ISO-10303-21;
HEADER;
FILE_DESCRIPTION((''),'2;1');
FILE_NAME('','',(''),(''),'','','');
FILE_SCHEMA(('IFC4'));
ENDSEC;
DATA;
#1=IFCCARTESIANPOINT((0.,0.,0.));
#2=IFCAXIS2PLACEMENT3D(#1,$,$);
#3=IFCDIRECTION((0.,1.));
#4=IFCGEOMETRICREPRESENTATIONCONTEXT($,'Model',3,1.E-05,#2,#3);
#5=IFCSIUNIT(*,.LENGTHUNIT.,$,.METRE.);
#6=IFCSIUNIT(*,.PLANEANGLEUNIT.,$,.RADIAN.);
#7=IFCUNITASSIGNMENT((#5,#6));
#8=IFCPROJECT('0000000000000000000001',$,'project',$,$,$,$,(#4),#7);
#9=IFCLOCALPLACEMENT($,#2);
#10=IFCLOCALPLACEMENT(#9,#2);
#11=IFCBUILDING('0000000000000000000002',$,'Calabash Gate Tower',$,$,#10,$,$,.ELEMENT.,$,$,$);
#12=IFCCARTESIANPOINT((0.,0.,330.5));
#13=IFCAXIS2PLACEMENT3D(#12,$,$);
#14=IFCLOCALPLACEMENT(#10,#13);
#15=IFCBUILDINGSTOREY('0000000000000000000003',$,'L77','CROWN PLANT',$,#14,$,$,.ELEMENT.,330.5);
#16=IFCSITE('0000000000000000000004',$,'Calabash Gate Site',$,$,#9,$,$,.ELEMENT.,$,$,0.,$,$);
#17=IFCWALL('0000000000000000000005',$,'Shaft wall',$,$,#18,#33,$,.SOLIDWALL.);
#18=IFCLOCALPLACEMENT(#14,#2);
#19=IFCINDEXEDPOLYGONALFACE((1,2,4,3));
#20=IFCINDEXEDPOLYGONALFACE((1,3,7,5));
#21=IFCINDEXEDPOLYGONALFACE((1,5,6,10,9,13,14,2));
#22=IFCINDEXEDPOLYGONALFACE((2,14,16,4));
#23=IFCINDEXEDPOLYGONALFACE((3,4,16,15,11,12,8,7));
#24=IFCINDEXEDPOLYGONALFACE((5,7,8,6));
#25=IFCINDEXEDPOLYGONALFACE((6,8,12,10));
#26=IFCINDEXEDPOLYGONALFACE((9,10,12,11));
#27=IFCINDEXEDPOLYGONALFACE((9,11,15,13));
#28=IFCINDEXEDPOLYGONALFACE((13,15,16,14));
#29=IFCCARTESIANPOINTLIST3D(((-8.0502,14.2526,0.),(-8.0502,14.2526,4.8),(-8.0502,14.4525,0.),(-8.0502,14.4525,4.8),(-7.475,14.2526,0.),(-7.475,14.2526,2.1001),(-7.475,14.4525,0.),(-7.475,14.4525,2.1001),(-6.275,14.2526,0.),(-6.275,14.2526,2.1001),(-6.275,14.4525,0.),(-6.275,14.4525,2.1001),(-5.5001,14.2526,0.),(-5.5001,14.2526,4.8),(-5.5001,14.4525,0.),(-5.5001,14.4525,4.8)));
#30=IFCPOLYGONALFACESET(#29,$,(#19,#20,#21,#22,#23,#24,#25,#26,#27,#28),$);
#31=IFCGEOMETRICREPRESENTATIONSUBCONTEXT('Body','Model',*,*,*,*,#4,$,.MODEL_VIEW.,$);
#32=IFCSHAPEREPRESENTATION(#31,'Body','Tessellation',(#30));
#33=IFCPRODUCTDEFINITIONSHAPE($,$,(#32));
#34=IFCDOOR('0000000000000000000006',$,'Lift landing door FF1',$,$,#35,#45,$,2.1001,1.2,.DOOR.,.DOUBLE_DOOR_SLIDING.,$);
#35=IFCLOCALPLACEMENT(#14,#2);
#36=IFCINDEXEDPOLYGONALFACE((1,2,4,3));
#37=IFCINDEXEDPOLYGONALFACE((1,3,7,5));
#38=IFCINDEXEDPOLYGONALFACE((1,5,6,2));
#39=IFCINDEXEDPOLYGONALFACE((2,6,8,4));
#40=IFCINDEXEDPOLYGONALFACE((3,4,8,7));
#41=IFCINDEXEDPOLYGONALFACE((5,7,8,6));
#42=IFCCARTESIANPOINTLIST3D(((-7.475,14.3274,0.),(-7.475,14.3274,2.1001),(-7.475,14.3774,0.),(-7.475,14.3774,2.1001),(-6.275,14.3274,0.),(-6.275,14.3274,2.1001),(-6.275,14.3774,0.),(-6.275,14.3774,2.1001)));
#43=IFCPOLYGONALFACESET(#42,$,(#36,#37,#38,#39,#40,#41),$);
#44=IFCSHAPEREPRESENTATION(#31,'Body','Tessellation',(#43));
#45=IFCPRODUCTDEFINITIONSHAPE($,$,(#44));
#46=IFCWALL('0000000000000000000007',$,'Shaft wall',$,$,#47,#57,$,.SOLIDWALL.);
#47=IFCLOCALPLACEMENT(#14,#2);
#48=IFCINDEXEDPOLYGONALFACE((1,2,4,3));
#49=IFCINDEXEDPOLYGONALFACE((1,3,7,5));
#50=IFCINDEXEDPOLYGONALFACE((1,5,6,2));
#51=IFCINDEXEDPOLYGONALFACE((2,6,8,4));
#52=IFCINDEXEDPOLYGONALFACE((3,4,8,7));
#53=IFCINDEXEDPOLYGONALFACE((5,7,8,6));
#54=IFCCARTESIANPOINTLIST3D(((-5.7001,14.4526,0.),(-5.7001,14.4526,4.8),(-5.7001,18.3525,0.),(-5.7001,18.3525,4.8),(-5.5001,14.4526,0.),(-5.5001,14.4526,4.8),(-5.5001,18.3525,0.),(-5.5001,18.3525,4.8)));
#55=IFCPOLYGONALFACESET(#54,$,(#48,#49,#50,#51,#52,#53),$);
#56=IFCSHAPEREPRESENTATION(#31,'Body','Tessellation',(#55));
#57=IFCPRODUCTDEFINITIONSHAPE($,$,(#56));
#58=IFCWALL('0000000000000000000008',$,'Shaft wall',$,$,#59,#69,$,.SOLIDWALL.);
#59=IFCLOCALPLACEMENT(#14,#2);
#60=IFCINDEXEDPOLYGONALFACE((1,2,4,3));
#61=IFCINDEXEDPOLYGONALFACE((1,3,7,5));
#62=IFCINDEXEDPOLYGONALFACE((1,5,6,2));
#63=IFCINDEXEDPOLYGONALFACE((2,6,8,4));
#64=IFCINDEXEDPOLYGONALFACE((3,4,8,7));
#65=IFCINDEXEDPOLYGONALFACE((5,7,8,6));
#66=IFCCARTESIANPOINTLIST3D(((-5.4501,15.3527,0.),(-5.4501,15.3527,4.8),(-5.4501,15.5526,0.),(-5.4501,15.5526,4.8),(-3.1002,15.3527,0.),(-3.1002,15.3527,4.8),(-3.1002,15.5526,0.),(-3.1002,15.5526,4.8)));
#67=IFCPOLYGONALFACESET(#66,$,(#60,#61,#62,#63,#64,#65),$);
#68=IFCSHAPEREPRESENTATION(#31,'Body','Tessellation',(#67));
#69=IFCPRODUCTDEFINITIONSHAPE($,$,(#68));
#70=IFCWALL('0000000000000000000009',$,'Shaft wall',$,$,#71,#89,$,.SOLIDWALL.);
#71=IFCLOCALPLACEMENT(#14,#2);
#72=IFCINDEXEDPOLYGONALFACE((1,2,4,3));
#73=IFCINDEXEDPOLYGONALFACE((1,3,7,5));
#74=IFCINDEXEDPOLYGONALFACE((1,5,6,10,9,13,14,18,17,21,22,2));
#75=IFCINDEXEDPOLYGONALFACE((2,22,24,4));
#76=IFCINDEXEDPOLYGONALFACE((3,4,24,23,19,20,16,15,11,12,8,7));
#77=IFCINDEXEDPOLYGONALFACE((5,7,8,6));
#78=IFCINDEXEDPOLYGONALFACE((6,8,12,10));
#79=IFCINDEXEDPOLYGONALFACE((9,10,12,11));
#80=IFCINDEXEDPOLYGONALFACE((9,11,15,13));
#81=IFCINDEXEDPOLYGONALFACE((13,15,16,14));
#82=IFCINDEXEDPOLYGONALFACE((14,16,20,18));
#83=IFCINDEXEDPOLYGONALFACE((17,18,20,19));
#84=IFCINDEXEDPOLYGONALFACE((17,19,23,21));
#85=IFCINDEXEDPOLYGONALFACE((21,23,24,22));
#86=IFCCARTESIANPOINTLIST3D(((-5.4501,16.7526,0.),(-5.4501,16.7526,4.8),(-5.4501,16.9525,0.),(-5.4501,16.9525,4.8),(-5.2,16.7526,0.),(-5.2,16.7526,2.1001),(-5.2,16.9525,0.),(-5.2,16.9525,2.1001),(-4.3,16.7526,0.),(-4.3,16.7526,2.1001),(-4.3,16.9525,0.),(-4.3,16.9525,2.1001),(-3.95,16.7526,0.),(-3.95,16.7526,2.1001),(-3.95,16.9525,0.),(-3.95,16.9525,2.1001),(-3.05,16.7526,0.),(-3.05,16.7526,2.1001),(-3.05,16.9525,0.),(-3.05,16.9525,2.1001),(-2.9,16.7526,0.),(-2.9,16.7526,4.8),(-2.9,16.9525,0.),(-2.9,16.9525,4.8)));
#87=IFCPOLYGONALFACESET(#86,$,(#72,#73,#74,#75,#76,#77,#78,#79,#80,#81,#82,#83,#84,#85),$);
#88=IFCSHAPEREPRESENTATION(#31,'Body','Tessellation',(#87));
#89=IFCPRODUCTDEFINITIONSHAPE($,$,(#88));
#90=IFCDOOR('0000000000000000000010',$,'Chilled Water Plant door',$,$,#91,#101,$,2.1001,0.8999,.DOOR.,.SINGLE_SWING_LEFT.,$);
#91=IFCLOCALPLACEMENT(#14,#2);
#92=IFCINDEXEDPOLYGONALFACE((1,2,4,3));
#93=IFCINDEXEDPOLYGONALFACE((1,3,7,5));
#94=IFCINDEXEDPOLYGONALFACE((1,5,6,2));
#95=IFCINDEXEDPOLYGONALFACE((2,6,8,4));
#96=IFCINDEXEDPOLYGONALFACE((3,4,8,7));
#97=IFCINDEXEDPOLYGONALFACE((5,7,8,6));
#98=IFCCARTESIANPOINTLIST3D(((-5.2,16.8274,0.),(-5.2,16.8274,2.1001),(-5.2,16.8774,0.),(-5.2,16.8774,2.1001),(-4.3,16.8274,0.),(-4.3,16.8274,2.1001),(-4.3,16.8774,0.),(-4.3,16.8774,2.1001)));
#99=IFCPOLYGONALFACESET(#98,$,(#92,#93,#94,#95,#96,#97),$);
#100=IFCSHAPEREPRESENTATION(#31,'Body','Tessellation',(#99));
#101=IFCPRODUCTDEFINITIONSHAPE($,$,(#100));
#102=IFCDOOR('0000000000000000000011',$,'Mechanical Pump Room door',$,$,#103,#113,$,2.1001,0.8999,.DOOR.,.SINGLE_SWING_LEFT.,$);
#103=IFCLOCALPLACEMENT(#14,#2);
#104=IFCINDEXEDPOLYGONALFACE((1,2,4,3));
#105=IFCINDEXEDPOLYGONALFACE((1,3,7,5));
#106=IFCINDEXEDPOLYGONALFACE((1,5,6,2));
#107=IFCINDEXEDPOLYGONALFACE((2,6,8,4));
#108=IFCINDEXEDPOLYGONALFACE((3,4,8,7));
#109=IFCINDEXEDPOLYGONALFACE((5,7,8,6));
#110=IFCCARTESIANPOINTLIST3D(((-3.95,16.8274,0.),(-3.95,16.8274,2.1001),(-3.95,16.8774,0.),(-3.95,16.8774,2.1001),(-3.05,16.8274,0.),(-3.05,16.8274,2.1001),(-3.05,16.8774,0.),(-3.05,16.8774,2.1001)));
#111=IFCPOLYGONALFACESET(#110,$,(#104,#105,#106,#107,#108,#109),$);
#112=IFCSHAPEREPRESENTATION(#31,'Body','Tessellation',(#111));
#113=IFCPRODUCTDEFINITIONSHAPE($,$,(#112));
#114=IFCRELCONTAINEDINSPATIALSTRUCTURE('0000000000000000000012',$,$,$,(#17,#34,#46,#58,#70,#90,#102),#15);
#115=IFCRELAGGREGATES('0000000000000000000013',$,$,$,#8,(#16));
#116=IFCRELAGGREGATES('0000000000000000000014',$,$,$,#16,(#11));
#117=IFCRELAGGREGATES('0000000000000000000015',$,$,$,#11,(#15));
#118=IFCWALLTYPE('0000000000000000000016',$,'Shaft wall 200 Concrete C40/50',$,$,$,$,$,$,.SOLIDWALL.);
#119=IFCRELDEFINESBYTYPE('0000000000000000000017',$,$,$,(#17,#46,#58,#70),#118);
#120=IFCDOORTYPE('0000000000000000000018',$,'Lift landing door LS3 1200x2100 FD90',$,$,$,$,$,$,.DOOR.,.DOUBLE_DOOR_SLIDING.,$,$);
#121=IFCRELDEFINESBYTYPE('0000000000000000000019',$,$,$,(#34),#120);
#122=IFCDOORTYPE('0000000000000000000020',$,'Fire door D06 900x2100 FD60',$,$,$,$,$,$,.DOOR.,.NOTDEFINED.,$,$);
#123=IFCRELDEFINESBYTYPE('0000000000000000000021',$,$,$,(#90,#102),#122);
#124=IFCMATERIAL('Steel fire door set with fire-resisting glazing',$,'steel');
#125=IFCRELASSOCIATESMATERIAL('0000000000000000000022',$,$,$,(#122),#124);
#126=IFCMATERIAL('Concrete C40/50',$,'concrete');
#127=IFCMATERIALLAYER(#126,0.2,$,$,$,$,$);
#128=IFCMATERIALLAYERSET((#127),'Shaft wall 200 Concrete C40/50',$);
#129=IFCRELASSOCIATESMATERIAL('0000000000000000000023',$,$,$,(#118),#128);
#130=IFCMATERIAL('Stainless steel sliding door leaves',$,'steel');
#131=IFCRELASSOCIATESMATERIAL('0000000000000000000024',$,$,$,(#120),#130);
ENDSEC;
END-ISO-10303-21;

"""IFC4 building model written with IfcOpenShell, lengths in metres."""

from ifc_helpers import new_model, si_unit, direction, frame, frame_2d, origin, place, context, subcontext, project, spatial, rectangle, extrude, material, layer, layer_set, type_object, element, fill, save


model = new_model("IFC4")

# Units and contexts
model_context = context("Model", 3, precision=1e-05, world=origin(), true_north=direction((0.0, 1.0)))
body_context = subcontext(model_context, "Body", "Model", "MODEL_VIEW")
ifc_project = project(units=[si_unit("LENGTHUNIT", "METRE"), si_unit("PLANEANGLEUNIT", "RADIAN")], contexts=[model_context])

# Site, building, storey
site_placement = place(None, origin())
site = spatial("IfcSite", under=ifc_project, at=site_placement, Name="Calabash Gate Site", CompositionType="ELEMENT", RefElevation=0.0)
building_placement = place(site_placement, origin())
building = spatial("IfcBuilding", under=site, at=building_placement, Name="Calabash Gate Tower", CompositionType="ELEMENT")
storey_placement = place(building_placement, frame((0.0, 0.0, 330.5)))
storey = spatial("IfcBuildingStorey", under=building, at=storey_placement, Name="L77", Description="CROWN PLANT", CompositionType="ELEMENT", Elevation=330.5)

# Shared definitions
ifc_material_1 = material(Name="Steel fire door set with fire-resisting glazing", Category="steel")
door_type_1 = type_object("IfcDoorType", Name="Fire door D06 900x2100 FD60", OperationType="NOTDEFINED", PredefinedType="DOOR", material=ifc_material_1)

# Wall, opening, door
ifc_material_2 = material(Name="Concrete C40/50", Category="concrete")
ifc_layer_1 = layer(ifc_material_2, 0.2)
ifc_layer_set_1 = layer_set([ifc_layer_1], Name="Shaft wall 200 Concrete C40/50")
wall_type_1 = type_object("IfcWallType", Name="Shaft wall 200 Concrete C40/50", PredefinedType="SOLIDWALL", material=ifc_layer_set_1)
wall_1_placement = place(storey_placement, frame((-8.05, 14.3525, 0.0), z_axis=(0.0, 0.0, 1.0), x_axis=(1.0, 0.0, 0.0)))
wall_1 = element("IfcWall", 1, at=wall_1_placement, inside=storey, type_object=wall_type_1, Name="Shaft wall", PredefinedType="SOLIDWALL", context=body_context, shape_type="SweptSolid", body=[
    extrude(rectangle(XDim=2.55, YDim=0.2, at=frame_2d((1.2749, 0.0))), origin(), (0.0, 0.0, 1.0), 4.8),
])
opening_1_placement = place(wall_1_placement, frame((0.575, 0.0, 0.0)))
opening_1 = element("IfcOpeningElement", 2, at=opening_1_placement, cuts=wall_1, PredefinedType="OPENING", context=body_context, shape_type="SweptSolid", body=[
    extrude(rectangle(XDim=1.2, YDim=2.1001, at=frame_2d((0.6001, 1.05))), frame((0.0, 0.1099, 0.0), z_axis=(0.0, -1.0, 0.0), x_axis=(1.0, 0.0, 0.0)), (0.0, 0.0, 1.0), 0.22),
])
ifc_material_3 = material(Name="Stainless steel sliding door leaves", Category="steel")
door_type_2 = type_object("IfcDoorType", Name="Lift landing door LS3 1200x2100 FD90", OperationType="DOUBLE_DOOR_SLIDING", PredefinedType="DOOR", material=ifc_material_3)
door_1_placement = place(opening_1_placement, origin())
door_1 = element("IfcDoor", 3, at=door_1_placement, inside=storey, type_object=door_type_2, Name="Lift landing door FF1", OperationType="DOUBLE_DOOR_SLIDING", OverallHeight=2.1001, OverallWidth=1.2, PredefinedType="DOOR", context=body_context, shape_type="SweptSolid", body=[
    extrude(rectangle(XDim=1.2, YDim=2.1001, at=frame_2d((0.6001, 1.05))), frame((0.0, 0.0249, 0.0), z_axis=(0.0, -1.0, 0.0), x_axis=(1.0, 0.0, 0.0)), (0.0, 0.0, 1.0), 0.05),
])
fill(opening_1, door_1)

# Walls
wall_2_placement = place(storey_placement, frame((-5.6001, 14.4526, 0.0), z_axis=(0.0, 0.0, 1.0), x_axis=(0.0, 1.0, 0.0)))
element("IfcWall", 4, at=wall_2_placement, inside=storey, type_object=wall_type_1, Name="Shaft wall", PredefinedType="SOLIDWALL", context=body_context, shape_type="SweptSolid", body=[
    extrude(rectangle(XDim=3.8999, YDim=0.2, at=frame_2d((1.95, 0.0))), origin(), (0.0, 0.0, 1.0), 4.8),
])
wall_3_placement = place(storey_placement, frame((-5.45, 15.4526, 0.0), z_axis=(0.0, 0.0, 1.0), x_axis=(1.0, 0.0, 0.0)))
element("IfcWall", 5, at=wall_3_placement, inside=storey, type_object=wall_type_1, Name="Shaft wall", PredefinedType="SOLIDWALL", context=body_context, shape_type="SweptSolid", body=[
    extrude(rectangle(XDim=2.3499, YDim=0.2, at=frame_2d((1.1748, 0.0))), origin(), (0.0, 0.0, 1.0), 4.8),
])

# Wall, openings, doors
wall_4_placement = place(storey_placement, frame((-5.45, 16.8525, 0.0), z_axis=(0.0, 0.0, 1.0), x_axis=(1.0, 0.0, 0.0)))
wall_4 = element("IfcWall", 6, at=wall_4_placement, inside=storey, type_object=wall_type_1, Name="Shaft wall", PredefinedType="SOLIDWALL", context=body_context, shape_type="SweptSolid", body=[
    extrude(rectangle(XDim=2.55, YDim=0.2, at=frame_2d((1.2749, 0.0))), origin(), (0.0, 0.0, 1.0), 4.8),
])
opening_2_placement = place(wall_4_placement, frame((0.25, 0.0, 0.0)))
opening_2 = element("IfcOpeningElement", 7, at=opening_2_placement, cuts=wall_4, PredefinedType="OPENING", context=body_context, shape_type="SweptSolid", body=[
    extrude(rectangle(XDim=0.8999, YDim=2.1001, at=frame_2d((0.45, 1.05))), frame((0.0, 0.1099, 0.0), z_axis=(0.0, -1.0, 0.0), x_axis=(1.0, 0.0, 0.0)), (0.0, 0.0, 1.0), 0.22),
])
opening_3_placement = place(wall_4_placement, frame((1.5, 0.0, 0.0)))
opening_3 = element("IfcOpeningElement", 8, at=opening_3_placement, cuts=wall_4, PredefinedType="OPENING", context=body_context, shape_type="SweptSolid", body=[
    extrude(rectangle(XDim=0.8999, YDim=2.1001, at=frame_2d((0.45, 1.05))), frame((0.0, 0.1099, 0.0), z_axis=(0.0, -1.0, 0.0), x_axis=(1.0, 0.0, 0.0)), (0.0, 0.0, 1.0), 0.22),
])
door_2_placement = place(opening_2_placement, origin())
door_2 = element("IfcDoor", 9, at=door_2_placement, inside=storey, type_object=door_type_1, Name="Chilled Water Plant door", OperationType="SINGLE_SWING_LEFT", OverallHeight=2.1001, OverallWidth=0.8999, PredefinedType="DOOR", context=body_context, shape_type="SweptSolid", body=[
    extrude(rectangle(XDim=0.8999, YDim=2.1001, at=frame_2d((0.45, 1.05))), frame((0.0, 0.0249, 0.0), z_axis=(0.0, -1.0, 0.0), x_axis=(1.0, 0.0, 0.0)), (0.0, 0.0, 1.0), 0.05),
])
fill(opening_2, door_2)
door_3_placement = place(opening_3_placement, origin())
door_3 = element("IfcDoor", 10, at=door_3_placement, inside=storey, type_object=door_type_1, Name="Mechanical Pump Room door", OperationType="SINGLE_SWING_LEFT", OverallHeight=2.1001, OverallWidth=0.8999, PredefinedType="DOOR", context=body_context, shape_type="SweptSolid", body=[
    extrude(rectangle(XDim=0.8999, YDim=2.1001, at=frame_2d((0.45, 1.05))), frame((0.0, 0.0249, 0.0), z_axis=(0.0, -1.0, 0.0), x_axis=(1.0, 0.0, 0.0)), (0.0, 0.0, 1.0), 0.05),
])
fill(opening_3, door_3)

save(model, "model.ifc")
